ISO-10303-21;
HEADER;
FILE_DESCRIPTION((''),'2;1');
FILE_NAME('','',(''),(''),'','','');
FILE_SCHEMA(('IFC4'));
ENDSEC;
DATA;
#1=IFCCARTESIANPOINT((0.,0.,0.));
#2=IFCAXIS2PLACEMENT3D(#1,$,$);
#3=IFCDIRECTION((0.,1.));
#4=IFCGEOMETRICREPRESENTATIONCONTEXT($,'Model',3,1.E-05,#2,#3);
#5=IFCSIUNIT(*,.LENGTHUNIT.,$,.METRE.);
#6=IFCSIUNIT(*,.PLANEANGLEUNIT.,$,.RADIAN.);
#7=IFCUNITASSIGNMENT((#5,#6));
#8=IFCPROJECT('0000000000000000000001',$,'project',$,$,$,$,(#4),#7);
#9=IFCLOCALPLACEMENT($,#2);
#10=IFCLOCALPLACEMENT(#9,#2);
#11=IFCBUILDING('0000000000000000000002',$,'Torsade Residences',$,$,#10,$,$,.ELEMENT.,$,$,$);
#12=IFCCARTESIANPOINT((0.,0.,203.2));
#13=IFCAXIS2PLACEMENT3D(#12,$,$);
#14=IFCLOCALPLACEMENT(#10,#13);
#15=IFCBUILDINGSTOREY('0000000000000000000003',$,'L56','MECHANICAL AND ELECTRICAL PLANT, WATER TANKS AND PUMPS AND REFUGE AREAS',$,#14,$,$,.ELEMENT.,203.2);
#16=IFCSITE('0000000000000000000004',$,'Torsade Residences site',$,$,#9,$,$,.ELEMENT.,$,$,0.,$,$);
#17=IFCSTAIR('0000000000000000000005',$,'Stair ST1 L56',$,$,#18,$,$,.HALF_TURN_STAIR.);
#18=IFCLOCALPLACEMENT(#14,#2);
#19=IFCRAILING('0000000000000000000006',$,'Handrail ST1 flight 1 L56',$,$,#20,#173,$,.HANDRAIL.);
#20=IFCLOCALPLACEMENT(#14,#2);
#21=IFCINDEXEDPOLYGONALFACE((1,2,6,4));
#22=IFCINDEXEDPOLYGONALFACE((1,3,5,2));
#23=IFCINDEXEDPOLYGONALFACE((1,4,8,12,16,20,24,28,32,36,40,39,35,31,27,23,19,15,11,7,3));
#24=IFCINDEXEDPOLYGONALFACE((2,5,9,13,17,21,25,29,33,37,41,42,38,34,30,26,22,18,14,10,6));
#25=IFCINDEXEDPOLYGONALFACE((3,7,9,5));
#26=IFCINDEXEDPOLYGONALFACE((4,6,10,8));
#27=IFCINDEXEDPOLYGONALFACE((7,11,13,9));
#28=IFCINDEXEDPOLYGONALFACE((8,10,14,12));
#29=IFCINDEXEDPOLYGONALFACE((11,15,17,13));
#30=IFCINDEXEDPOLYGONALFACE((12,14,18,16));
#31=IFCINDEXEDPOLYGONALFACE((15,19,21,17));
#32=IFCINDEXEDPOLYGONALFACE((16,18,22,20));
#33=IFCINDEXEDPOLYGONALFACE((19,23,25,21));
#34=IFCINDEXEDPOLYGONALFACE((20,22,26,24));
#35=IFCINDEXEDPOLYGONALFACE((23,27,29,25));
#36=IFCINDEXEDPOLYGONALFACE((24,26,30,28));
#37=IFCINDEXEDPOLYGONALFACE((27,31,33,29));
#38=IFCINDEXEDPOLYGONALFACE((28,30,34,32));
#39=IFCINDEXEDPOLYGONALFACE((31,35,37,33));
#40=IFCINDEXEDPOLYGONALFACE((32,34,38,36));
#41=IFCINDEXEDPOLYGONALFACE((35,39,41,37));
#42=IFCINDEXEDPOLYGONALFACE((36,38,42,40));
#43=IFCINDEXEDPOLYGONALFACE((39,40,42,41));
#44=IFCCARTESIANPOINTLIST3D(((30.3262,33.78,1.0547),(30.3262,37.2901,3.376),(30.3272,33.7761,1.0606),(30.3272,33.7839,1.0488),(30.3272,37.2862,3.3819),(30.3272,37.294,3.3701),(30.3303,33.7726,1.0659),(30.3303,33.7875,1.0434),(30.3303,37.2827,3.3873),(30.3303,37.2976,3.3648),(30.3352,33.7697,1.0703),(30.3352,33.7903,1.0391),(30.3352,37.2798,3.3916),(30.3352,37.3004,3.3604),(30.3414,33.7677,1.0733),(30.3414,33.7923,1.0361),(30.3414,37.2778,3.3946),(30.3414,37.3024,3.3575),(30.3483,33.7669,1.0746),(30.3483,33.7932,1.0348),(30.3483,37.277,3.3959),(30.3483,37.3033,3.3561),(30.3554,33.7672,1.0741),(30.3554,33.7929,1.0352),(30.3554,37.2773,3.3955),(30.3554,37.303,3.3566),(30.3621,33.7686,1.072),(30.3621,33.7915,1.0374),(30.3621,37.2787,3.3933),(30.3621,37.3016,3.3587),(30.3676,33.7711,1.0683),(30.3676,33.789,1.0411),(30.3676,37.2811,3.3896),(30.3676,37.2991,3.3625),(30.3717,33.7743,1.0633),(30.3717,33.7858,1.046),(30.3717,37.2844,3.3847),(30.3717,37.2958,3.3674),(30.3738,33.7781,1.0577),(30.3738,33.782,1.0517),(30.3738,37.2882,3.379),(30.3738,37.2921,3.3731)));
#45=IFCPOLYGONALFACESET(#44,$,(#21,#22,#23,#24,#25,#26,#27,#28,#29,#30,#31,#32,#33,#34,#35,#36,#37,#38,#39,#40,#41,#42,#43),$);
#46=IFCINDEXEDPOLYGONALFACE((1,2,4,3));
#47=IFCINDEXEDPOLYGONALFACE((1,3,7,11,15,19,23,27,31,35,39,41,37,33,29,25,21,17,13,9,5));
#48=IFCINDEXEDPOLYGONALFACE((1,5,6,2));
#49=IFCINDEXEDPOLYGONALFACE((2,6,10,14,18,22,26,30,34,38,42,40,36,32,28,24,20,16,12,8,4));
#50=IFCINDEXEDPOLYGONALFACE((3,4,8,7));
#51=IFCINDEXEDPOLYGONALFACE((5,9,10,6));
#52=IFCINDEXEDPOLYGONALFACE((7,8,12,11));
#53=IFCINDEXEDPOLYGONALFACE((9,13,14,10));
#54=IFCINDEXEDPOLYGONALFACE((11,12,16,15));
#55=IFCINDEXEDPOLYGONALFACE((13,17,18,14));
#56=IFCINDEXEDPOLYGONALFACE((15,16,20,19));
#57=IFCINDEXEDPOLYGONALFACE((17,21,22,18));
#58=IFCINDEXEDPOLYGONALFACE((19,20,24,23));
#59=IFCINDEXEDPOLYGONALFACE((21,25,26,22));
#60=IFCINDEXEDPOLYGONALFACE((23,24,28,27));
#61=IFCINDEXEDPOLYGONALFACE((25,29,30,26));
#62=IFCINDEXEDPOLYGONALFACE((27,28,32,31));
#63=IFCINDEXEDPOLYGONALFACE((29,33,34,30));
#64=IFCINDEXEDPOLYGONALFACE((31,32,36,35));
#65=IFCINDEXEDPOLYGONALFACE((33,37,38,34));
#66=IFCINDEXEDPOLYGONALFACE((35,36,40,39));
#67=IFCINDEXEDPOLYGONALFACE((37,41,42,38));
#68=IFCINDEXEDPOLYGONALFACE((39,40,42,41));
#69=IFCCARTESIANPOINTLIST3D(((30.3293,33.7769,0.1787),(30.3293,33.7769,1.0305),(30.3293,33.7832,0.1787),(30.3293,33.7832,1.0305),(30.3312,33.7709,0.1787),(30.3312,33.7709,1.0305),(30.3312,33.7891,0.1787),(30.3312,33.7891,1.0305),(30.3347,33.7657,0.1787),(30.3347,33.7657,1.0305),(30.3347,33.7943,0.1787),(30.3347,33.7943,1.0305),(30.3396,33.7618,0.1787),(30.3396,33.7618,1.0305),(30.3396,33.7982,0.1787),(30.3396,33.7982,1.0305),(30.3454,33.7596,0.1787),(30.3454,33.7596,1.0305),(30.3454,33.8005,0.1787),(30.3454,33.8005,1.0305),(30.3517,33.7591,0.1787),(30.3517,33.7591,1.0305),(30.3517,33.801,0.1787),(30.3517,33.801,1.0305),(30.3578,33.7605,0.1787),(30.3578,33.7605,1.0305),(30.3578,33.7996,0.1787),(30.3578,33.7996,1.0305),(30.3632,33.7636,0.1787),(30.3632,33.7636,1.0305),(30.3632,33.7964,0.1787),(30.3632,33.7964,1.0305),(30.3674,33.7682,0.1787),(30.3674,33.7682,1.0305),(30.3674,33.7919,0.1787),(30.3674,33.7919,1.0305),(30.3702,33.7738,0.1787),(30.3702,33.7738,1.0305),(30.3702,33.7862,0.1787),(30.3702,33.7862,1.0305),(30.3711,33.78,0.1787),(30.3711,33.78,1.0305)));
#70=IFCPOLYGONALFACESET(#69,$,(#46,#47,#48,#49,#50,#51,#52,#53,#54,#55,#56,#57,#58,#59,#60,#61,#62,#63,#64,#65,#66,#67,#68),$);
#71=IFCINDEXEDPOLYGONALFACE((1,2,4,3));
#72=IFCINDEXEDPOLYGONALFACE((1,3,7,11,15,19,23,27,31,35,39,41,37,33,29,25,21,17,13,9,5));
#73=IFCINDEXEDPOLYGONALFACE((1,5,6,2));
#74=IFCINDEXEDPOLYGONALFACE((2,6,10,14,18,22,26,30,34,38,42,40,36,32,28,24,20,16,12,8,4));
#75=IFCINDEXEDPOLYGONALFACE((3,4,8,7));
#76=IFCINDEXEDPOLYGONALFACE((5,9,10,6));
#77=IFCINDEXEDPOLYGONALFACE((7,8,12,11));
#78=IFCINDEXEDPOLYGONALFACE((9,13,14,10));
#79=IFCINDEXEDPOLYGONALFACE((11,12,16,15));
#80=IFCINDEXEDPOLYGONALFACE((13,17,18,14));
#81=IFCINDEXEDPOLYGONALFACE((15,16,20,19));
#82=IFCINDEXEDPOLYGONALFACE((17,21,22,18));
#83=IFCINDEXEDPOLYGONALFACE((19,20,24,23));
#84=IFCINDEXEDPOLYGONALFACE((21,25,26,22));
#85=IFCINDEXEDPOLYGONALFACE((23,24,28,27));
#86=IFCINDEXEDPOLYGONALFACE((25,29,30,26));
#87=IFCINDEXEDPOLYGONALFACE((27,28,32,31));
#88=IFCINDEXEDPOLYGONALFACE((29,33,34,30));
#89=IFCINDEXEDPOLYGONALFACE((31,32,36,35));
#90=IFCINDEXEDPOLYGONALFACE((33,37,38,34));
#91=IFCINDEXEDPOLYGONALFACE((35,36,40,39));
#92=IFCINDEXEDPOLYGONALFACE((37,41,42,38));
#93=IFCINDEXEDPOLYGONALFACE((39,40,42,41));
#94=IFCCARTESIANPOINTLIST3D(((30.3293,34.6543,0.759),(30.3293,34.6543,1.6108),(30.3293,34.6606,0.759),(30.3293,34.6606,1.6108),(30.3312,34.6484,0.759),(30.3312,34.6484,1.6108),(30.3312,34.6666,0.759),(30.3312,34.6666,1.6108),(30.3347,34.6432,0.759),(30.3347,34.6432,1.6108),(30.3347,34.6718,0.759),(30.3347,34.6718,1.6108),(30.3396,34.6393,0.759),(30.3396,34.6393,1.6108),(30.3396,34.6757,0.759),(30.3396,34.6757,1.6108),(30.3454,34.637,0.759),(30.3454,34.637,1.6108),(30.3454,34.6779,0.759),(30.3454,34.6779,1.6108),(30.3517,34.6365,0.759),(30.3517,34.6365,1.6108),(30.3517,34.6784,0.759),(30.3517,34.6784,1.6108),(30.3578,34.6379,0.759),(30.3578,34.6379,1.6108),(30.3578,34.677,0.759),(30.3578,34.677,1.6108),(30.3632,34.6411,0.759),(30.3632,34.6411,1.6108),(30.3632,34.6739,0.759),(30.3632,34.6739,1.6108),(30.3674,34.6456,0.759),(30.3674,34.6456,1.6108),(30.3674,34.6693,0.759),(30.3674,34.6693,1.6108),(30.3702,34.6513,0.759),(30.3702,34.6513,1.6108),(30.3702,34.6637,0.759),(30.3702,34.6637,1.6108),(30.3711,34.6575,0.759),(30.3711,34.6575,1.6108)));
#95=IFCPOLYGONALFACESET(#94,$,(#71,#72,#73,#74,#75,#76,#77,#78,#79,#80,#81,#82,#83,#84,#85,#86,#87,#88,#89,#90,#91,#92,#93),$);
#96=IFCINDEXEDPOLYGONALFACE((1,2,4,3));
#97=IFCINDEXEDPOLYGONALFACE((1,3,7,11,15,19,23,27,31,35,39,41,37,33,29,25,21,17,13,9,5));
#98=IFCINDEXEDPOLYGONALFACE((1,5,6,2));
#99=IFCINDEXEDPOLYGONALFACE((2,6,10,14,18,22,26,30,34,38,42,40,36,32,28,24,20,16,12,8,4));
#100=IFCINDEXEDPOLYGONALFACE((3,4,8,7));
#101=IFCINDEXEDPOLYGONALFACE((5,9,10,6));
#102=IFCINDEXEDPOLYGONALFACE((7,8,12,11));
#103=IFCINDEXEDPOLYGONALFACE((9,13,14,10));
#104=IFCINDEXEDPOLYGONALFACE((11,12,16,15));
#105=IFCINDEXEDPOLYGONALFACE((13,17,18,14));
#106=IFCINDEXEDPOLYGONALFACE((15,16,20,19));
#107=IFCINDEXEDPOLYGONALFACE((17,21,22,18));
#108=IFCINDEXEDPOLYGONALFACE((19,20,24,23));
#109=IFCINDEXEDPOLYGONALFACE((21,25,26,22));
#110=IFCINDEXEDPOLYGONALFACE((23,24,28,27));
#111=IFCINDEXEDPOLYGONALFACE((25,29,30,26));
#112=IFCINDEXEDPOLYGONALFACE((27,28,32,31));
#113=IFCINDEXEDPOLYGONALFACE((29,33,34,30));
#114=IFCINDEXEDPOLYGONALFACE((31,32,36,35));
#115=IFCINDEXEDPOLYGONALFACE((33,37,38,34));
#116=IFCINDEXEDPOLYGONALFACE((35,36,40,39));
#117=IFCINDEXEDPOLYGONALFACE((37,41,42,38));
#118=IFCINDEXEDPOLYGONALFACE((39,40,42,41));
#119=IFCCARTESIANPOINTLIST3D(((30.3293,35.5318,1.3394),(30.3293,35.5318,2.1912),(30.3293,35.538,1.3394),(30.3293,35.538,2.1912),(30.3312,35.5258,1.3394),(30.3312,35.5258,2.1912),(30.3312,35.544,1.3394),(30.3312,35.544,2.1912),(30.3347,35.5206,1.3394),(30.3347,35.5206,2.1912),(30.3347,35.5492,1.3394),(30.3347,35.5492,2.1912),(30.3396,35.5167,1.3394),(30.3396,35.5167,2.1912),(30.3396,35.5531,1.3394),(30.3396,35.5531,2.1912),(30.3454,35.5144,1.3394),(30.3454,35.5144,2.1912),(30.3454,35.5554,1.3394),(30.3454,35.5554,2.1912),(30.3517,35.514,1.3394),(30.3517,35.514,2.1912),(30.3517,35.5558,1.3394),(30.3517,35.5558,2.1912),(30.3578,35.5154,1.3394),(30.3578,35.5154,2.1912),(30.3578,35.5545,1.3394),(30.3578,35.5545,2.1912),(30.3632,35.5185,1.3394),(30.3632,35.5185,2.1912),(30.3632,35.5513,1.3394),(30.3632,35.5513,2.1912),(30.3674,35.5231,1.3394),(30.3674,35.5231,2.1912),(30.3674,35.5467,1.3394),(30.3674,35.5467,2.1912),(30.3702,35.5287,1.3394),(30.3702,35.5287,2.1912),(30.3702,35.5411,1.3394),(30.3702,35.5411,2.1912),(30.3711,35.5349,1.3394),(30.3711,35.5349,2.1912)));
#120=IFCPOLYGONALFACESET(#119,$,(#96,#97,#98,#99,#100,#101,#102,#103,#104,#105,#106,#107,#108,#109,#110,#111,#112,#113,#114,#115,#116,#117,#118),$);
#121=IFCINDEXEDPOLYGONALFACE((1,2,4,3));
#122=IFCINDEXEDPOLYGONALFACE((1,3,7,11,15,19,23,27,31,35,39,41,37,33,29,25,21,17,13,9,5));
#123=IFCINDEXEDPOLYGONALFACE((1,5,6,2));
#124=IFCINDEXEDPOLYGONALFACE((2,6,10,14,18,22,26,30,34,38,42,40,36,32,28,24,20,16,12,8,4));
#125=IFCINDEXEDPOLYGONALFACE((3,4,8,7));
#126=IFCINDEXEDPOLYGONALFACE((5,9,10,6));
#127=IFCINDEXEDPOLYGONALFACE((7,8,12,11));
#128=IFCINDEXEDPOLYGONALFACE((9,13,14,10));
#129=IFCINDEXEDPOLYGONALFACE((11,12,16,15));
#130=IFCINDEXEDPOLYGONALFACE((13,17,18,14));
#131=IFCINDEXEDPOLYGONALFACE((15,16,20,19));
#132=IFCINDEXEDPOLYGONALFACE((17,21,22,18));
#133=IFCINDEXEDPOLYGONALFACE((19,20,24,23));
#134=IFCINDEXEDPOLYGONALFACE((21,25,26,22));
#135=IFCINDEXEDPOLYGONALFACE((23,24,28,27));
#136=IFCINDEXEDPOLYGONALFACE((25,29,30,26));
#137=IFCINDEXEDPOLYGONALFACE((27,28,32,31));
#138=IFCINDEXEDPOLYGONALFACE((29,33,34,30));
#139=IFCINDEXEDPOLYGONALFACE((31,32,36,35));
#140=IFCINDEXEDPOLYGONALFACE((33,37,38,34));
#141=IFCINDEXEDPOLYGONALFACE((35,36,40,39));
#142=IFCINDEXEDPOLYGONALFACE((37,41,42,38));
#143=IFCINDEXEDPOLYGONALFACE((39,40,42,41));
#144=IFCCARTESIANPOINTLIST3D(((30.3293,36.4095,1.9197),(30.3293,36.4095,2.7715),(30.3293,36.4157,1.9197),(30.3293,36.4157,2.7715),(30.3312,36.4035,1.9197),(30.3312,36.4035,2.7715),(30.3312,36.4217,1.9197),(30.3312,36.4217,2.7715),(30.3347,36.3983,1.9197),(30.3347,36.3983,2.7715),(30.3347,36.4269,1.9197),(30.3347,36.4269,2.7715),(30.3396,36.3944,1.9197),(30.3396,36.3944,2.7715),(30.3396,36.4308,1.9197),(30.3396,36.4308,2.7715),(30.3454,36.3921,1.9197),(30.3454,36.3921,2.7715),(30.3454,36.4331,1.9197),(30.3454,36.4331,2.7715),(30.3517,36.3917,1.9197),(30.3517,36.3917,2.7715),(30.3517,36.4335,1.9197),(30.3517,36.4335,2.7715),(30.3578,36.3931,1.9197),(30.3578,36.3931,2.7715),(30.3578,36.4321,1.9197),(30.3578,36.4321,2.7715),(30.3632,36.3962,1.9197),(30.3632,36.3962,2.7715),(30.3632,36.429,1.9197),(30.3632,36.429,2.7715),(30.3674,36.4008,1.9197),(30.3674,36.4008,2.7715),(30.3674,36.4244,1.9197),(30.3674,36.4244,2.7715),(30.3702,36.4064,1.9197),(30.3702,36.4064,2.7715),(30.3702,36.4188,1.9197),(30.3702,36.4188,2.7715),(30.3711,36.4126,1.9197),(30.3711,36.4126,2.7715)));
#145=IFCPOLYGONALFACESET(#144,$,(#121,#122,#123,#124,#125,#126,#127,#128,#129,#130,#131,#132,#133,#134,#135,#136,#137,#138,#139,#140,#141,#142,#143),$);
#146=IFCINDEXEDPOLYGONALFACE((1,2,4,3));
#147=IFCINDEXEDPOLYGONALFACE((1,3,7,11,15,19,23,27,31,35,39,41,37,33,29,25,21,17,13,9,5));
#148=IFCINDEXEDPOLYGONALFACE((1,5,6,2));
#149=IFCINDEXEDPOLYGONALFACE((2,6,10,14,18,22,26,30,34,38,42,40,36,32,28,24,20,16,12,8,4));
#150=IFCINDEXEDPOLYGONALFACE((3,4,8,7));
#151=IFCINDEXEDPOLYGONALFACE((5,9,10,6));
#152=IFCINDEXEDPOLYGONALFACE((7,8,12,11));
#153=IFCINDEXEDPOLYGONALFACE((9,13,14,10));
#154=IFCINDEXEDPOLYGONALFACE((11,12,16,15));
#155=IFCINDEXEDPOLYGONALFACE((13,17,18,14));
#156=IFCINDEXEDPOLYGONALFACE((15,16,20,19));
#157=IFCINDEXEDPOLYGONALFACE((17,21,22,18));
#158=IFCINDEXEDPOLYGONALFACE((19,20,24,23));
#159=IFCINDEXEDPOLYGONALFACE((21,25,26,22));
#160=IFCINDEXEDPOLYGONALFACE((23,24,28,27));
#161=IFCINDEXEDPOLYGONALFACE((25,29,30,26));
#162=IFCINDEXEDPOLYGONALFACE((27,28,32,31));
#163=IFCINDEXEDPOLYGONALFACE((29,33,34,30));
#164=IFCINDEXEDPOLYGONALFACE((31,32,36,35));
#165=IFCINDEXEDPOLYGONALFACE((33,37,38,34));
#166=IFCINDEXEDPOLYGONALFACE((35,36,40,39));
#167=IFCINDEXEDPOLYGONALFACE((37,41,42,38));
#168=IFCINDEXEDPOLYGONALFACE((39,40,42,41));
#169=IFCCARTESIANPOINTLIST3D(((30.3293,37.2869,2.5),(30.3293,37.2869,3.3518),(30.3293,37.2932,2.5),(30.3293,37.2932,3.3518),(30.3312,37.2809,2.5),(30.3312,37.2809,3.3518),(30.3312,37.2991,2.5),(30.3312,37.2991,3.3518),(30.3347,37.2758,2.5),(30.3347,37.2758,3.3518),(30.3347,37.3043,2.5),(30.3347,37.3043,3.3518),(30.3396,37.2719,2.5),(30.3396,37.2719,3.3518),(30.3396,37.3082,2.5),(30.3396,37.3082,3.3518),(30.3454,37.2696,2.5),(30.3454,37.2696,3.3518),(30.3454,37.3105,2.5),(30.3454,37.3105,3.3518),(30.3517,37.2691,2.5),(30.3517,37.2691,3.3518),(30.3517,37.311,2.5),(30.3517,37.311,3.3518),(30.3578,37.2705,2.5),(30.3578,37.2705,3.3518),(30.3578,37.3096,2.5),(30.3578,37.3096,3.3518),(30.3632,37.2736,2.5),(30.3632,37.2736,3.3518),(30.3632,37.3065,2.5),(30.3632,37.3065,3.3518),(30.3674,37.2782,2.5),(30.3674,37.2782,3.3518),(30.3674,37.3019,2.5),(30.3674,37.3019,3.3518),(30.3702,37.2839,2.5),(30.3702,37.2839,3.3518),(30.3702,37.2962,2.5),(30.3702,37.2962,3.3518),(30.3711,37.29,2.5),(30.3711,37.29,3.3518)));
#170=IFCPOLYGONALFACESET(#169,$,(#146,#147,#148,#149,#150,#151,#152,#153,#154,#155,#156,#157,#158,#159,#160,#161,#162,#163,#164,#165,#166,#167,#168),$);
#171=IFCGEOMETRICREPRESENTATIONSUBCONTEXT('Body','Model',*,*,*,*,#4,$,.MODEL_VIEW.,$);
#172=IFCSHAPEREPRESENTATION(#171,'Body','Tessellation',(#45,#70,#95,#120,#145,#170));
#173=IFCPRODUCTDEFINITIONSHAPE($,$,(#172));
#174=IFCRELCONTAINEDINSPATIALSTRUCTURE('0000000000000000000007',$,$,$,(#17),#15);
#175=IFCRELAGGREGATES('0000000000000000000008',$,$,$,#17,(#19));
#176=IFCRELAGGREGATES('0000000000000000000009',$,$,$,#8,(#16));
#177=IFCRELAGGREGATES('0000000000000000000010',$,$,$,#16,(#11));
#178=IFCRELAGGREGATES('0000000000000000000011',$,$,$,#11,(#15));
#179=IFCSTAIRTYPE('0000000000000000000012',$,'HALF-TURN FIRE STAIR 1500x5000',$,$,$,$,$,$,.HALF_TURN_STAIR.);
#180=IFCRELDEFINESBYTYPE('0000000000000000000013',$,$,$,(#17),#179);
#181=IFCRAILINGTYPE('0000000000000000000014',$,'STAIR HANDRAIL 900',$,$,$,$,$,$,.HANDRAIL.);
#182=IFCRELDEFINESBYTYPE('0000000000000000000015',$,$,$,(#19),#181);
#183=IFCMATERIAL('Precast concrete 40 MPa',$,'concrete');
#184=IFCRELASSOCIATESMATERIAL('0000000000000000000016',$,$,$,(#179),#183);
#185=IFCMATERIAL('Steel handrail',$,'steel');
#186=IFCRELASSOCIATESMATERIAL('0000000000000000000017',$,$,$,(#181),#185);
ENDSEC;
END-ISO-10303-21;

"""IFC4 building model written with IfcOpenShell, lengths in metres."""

from ifc_helpers import new_model, si_unit, direction, frame, origin, origin_2d, place, context, subcontext, project, spatial, circle, extrude, material, type_object, element, aggregate, save


model = new_model("IFC4")

# Units and contexts
model_context = context("Model", 3, precision=1e-05, world=origin(), true_north=direction((0.0, 1.0)))
body_context = subcontext(model_context, "Body", "Model", "MODEL_VIEW")
ifc_project = project(units=[si_unit("LENGTHUNIT", "METRE"), si_unit("PLANEANGLEUNIT", "RADIAN")], contexts=[model_context])

# Site, building, storey
site_placement = place(None, origin())
site = spatial("IfcSite", under=ifc_project, at=site_placement, Name="Torsade Residences site", CompositionType="ELEMENT", RefElevation=0.0)
building_placement = place(site_placement, origin())
building = spatial("IfcBuilding", under=site, at=building_placement, Name="Torsade Residences", CompositionType="ELEMENT")
storey_placement = place(building_placement, frame((0.0, 0.0, 203.2)))
storey = spatial("IfcBuildingStorey", under=building, at=storey_placement, Name="L56", Description="MECHANICAL AND ELECTRICAL PLANT, WATER TANKS AND PUMPS AND REFUGE AREAS", CompositionType="ELEMENT", Elevation=203.2)

# Stair, railing
ifc_material_1 = material(Name="Precast concrete 40 MPa", Category="concrete")
stair_type = type_object("IfcStairType", Name="HALF-TURN FIRE STAIR 1500x5000", PredefinedType="HALF_TURN_STAIR", material=ifc_material_1)
stair_placement = place(storey_placement, origin())
stair = element("IfcStair", 1, at=stair_placement, inside=storey, type_object=stair_type, Name="Stair ST1 L56", PredefinedType="HALF_TURN_STAIR")
ifc_material_2 = material(Name="Steel handrail", Category="steel")
railing_type = type_object("IfcRailingType", Name="STAIR HANDRAIL 900", PredefinedType="HANDRAIL", material=ifc_material_2)
railing_1_placement = place(storey_placement, frame((30.3501, 33.78, 0.1787)))
railing_1 = element("IfcRailing", 2, at=railing_1_placement, type_object=railing_type, Name="Handrail ST1 flight 1 L56", PredefinedType="HANDRAIL", context=body_context, shape_type="SweptSolid", body=[
    extrude(circle(Radius=0.0239, at=origin_2d()), frame((0.0, 0.0, 0.876), z_axis=(0.0, 0.834097, 0.551617), x_axis=(-1.0, 0.0, 0.0)), (0.0, 0.0, 1.0), 4.2083),
    extrude(circle(Radius=0.021, at=origin_2d()), origin(), (0.0, 0.0, 1.0), 0.8518),
    extrude(circle(Radius=0.021, at=origin_2d()), frame((0.0, 0.8774, 0.5803)), (0.0, 0.0, 1.0), 0.8518),
    extrude(circle(Radius=0.021, at=origin_2d()), frame((0.0, 1.7549, 1.1606)), (0.0, 0.0, 1.0), 0.8518),
    extrude(circle(Radius=0.021, at=origin_2d()), frame((0.0, 2.6326, 1.741)), (0.0, 0.0, 1.0), 0.8518),
    extrude(circle(Radius=0.021, at=origin_2d()), frame((0.0, 3.51, 2.3213)), (0.0, 0.0, 1.0), 0.8518),
])
aggregate(stair, [railing_1])

save(model, "model.ifc")
